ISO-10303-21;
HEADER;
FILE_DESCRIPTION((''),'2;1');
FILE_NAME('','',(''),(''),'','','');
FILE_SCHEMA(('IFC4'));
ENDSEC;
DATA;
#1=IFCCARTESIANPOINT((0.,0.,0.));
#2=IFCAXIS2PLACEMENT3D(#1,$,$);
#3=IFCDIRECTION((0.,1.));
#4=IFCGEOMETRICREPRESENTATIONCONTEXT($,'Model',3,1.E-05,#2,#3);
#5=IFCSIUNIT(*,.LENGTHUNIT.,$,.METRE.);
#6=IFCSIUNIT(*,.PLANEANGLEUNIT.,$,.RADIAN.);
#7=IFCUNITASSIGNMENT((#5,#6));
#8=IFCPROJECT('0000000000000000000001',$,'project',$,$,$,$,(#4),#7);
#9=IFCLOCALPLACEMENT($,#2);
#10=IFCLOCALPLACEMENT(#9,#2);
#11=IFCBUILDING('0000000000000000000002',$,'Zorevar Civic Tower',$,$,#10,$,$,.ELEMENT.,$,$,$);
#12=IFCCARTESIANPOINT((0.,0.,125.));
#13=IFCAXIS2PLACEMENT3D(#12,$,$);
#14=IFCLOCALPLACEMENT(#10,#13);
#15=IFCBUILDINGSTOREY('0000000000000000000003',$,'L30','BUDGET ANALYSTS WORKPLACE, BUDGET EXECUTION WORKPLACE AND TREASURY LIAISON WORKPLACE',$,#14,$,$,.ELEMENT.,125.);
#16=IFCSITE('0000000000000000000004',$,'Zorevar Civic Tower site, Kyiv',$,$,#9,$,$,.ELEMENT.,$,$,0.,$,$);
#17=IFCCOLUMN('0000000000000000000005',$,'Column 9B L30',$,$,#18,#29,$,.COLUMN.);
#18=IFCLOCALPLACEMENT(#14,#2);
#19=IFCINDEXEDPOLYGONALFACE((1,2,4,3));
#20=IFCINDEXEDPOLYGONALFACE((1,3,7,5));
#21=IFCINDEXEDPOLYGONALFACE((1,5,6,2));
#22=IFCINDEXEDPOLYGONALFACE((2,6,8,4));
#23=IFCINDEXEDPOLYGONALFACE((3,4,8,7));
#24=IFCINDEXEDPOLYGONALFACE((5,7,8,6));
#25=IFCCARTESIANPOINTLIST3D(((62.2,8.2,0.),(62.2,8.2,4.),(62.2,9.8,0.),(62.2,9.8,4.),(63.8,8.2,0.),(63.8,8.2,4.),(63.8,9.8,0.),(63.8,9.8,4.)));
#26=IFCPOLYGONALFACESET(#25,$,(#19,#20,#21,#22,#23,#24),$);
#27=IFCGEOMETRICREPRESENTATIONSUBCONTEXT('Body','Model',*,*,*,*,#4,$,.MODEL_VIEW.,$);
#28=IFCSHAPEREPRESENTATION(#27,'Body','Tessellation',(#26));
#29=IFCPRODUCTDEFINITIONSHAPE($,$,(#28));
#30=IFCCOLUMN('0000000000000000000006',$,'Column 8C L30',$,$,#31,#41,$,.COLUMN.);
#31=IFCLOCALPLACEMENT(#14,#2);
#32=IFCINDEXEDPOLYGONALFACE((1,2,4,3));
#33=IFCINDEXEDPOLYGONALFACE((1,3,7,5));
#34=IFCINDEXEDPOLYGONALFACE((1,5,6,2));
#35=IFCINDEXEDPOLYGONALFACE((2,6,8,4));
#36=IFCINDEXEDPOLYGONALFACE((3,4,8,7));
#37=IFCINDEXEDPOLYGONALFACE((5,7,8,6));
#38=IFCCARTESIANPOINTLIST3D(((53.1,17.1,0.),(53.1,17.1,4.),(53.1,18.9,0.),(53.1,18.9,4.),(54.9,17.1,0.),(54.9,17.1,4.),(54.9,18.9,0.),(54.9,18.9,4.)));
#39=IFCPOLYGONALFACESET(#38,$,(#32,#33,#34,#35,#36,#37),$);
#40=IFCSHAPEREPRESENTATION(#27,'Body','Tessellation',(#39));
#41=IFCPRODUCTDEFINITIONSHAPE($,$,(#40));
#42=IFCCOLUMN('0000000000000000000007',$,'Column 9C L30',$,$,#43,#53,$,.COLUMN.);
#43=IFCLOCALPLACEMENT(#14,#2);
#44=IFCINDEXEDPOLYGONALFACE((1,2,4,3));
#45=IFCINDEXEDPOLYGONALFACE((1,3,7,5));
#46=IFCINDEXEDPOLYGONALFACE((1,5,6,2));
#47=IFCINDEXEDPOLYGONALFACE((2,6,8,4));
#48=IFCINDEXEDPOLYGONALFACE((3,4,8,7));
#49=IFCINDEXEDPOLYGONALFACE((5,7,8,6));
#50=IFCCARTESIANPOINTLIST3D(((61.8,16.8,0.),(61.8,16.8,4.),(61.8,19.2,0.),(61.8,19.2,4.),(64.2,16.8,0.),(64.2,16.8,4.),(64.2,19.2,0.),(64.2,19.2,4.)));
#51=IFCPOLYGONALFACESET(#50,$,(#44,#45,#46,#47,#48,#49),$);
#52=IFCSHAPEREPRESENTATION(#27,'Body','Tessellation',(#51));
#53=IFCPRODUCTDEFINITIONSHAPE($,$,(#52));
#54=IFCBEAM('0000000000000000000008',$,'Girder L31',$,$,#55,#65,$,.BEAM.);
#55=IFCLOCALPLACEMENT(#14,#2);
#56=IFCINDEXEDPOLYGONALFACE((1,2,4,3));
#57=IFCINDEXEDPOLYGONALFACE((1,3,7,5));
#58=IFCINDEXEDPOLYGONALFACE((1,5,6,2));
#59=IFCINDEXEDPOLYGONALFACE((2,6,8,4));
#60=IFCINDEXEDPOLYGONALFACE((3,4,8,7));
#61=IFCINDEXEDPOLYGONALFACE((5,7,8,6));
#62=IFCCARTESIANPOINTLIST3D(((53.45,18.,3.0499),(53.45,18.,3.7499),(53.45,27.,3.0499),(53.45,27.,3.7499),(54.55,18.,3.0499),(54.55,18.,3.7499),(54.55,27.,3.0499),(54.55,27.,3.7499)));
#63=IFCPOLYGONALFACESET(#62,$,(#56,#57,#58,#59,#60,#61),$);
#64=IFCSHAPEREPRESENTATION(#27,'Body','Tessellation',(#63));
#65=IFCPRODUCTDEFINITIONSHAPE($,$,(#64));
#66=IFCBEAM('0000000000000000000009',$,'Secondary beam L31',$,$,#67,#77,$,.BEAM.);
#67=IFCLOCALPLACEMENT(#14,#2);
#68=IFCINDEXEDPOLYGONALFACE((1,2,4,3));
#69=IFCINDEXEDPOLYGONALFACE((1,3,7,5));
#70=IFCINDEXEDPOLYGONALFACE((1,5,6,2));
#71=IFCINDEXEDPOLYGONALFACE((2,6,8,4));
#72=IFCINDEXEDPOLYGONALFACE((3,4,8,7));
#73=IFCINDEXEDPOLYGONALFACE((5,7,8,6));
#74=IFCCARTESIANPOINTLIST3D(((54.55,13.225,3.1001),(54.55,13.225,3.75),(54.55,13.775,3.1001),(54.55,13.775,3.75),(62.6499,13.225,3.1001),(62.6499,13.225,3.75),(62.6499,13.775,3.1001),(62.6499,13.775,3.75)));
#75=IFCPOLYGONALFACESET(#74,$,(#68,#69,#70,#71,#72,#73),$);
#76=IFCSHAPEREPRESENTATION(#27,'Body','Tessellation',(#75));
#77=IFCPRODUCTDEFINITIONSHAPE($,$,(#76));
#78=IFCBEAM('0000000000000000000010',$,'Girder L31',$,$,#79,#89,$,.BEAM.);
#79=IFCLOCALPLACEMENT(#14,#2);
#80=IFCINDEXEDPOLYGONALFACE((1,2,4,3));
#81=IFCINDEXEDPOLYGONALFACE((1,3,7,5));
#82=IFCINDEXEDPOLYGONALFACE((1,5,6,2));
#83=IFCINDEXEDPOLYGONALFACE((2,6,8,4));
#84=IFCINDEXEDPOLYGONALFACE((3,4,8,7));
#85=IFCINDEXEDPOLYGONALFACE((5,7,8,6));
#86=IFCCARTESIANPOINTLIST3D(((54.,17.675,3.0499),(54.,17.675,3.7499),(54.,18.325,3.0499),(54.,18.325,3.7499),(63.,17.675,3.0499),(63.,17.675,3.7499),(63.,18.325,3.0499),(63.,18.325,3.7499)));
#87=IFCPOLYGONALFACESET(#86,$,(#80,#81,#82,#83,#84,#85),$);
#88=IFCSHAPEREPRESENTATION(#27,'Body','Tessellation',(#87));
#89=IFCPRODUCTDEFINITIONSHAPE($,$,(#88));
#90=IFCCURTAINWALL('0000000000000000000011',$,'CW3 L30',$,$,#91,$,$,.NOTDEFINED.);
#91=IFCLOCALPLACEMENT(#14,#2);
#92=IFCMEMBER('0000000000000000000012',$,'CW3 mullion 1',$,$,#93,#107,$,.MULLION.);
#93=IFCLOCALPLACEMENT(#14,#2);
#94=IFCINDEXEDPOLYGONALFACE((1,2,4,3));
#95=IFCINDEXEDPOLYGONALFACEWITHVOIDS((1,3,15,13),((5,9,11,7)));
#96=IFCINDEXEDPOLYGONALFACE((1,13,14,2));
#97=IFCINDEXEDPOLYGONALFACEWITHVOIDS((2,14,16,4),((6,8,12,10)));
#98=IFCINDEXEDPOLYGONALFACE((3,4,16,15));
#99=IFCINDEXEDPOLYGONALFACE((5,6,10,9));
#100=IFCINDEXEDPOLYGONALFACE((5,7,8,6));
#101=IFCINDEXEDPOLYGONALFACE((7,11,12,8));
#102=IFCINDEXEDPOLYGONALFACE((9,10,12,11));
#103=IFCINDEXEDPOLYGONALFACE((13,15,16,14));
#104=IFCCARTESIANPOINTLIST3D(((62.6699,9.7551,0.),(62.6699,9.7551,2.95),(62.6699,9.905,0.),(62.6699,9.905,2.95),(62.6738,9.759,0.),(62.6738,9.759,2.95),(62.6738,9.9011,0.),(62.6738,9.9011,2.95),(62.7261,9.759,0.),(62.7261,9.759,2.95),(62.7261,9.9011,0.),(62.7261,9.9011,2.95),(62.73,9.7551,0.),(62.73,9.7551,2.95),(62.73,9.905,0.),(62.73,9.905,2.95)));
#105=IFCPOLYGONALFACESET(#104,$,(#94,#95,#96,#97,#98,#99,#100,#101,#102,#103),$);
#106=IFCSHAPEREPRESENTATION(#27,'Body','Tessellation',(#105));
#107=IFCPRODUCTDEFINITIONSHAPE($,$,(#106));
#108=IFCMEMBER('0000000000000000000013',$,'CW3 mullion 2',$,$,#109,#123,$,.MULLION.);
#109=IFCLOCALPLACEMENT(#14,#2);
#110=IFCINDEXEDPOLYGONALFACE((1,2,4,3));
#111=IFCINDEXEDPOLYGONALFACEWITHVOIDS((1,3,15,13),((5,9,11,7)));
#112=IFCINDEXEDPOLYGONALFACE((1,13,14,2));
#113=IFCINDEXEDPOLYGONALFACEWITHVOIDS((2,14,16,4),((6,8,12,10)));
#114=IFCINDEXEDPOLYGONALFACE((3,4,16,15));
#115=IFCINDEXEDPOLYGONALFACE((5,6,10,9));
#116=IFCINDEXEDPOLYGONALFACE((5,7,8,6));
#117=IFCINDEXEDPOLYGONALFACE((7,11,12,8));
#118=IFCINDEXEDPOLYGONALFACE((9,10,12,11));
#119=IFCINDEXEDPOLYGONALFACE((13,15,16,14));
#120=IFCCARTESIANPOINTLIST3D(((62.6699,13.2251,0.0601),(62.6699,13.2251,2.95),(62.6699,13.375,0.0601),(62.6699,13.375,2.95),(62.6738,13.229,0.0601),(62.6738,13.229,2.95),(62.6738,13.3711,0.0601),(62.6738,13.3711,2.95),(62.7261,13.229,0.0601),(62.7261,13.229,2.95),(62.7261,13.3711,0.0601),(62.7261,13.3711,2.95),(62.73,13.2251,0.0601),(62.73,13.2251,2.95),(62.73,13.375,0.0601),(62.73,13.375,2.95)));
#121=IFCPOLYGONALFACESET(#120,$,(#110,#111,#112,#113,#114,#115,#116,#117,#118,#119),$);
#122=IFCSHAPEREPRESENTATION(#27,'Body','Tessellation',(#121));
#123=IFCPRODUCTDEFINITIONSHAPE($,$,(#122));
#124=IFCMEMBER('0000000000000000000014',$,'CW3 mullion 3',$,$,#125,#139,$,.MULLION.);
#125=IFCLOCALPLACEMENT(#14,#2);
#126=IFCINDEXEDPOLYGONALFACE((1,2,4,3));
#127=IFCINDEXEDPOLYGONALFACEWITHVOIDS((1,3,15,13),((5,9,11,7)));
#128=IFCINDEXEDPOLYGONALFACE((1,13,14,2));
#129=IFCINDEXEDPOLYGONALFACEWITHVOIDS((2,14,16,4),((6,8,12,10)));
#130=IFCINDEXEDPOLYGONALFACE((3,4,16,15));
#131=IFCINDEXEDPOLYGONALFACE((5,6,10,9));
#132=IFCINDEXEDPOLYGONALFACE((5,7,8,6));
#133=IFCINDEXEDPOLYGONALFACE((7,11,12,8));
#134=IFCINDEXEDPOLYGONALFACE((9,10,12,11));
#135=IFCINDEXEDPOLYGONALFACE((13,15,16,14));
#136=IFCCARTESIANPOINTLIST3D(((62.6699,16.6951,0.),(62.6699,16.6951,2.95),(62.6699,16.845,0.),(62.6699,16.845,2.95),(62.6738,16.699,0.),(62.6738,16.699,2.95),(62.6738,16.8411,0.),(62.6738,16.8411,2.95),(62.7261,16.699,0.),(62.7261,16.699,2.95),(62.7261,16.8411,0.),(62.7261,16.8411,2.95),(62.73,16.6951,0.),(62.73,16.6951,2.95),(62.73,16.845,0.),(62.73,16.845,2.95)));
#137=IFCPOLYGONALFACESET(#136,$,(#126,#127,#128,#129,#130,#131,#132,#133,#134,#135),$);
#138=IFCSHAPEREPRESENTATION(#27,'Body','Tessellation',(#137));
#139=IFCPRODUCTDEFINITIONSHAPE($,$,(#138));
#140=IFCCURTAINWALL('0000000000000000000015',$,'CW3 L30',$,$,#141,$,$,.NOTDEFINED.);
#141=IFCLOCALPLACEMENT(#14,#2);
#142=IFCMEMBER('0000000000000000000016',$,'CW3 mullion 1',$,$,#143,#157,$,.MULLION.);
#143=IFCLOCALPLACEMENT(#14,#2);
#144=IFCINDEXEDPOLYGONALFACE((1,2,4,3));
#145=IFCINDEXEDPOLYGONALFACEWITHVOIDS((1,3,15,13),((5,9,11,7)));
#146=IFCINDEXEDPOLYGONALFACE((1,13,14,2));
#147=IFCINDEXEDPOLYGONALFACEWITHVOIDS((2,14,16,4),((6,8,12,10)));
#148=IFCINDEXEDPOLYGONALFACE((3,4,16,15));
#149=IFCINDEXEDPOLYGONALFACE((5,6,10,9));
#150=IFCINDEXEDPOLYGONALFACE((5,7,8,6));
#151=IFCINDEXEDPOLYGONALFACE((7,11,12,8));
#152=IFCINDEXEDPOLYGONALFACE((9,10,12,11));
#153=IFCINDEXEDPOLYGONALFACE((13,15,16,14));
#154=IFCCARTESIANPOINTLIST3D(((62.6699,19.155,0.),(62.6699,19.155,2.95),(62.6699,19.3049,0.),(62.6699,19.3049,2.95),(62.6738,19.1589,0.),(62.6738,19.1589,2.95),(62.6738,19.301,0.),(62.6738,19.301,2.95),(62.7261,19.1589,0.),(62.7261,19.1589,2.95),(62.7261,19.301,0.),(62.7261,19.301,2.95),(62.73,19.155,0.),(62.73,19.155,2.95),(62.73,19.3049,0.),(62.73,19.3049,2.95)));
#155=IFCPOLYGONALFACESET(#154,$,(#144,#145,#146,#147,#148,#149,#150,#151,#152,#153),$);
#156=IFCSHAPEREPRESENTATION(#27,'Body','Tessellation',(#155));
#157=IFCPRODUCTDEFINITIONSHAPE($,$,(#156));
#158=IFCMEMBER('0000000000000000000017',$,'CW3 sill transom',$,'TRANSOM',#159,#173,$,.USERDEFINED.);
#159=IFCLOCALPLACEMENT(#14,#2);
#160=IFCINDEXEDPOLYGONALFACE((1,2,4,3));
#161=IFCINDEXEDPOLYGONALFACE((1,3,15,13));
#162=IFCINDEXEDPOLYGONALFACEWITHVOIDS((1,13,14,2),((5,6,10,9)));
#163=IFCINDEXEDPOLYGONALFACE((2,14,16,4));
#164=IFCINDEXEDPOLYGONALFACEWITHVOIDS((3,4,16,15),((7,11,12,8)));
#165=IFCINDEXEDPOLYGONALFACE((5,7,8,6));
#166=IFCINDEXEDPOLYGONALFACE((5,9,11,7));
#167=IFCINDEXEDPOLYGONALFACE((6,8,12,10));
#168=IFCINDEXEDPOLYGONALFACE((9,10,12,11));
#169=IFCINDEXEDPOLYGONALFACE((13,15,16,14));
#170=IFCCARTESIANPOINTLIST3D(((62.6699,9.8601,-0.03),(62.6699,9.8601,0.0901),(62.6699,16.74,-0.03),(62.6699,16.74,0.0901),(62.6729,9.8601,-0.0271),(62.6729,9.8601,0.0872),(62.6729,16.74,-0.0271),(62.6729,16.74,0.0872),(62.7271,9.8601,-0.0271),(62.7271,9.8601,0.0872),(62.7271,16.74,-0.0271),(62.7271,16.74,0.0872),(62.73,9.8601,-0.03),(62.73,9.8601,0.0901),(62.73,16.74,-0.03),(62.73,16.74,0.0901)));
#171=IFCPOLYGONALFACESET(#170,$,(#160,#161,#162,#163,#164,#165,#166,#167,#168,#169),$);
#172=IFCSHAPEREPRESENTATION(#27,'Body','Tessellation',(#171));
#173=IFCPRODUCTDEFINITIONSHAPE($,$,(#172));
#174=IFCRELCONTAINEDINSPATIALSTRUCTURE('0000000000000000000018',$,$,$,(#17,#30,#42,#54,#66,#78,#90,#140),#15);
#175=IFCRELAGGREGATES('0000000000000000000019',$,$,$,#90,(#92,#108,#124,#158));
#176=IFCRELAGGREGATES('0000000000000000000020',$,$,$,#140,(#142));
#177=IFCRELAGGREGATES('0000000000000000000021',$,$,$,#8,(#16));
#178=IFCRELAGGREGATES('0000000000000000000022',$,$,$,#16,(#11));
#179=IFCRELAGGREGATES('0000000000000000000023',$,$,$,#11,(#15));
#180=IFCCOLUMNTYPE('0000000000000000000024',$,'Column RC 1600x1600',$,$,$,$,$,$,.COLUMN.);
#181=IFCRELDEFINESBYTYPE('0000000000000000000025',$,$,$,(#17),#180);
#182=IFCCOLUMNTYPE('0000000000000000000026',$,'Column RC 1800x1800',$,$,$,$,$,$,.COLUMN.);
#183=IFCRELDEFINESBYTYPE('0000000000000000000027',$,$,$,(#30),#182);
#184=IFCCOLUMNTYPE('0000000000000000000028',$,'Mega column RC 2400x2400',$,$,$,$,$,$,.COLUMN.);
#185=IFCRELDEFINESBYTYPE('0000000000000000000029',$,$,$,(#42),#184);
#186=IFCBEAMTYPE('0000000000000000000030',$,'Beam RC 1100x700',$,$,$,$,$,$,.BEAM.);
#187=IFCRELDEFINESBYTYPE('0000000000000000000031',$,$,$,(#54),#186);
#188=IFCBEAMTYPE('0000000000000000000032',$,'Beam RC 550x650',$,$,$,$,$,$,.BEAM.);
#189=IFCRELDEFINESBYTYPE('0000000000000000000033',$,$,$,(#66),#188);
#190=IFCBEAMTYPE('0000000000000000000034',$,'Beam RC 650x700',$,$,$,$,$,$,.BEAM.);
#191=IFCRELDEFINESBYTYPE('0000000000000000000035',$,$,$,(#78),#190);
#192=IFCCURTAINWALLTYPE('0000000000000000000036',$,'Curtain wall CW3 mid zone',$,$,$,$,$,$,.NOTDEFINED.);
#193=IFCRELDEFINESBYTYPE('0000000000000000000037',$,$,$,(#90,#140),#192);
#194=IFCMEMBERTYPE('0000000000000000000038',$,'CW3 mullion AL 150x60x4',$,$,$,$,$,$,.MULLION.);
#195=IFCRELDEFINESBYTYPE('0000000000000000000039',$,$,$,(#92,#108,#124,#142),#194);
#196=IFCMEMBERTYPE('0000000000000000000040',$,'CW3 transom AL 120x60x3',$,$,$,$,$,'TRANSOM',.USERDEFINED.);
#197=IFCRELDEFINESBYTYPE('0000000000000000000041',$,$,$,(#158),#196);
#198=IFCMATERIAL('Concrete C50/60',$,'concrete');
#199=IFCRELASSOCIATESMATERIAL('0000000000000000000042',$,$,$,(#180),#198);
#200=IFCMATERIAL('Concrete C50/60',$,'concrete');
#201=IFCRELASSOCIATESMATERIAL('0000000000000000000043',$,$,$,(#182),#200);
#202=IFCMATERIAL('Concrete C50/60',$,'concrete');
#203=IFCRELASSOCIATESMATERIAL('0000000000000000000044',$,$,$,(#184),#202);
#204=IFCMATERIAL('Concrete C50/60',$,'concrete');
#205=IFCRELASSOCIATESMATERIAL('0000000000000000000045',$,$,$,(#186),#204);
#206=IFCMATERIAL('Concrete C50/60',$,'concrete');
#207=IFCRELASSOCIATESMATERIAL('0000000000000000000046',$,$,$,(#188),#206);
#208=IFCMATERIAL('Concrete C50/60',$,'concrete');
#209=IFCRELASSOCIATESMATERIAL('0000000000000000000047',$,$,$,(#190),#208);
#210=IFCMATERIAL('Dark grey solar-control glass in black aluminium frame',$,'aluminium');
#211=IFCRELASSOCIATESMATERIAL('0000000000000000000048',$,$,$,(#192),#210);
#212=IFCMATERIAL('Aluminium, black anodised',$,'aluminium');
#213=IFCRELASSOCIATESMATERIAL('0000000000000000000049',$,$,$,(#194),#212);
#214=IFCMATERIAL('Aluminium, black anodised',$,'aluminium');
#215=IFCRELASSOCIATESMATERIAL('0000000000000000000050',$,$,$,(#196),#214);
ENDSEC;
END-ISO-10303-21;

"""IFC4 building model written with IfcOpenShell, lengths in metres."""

from ifc_helpers import new_model, si_unit, direction, frame, origin, origin_2d, place, context, subcontext, project, spatial, rectangle, hollow_rectangle, extrude, material, material_profile, profile_set, type_object, element, aggregate, save


model = new_model("IFC4")

# Units and contexts
model_context = context("Model", 3, precision=1e-05, world=origin(), true_north=direction((0.0, 1.0)))
body_context = subcontext(model_context, "Body", "Model", "MODEL_VIEW")
ifc_project = project(units=[si_unit("LENGTHUNIT", "METRE"), si_unit("PLANEANGLEUNIT", "RADIAN")], contexts=[model_context])

# Site, building, storey
site_placement = place(None, origin())
site = spatial("IfcSite", under=ifc_project, at=site_placement, Name="Zorevar Civic Tower site, Kyiv", CompositionType="ELEMENT", RefElevation=0.0)
building_placement = place(site_placement, origin())
building = spatial("IfcBuilding", under=site, at=building_placement, Name="Zorevar Civic Tower", CompositionType="ELEMENT")
storey_placement = place(building_placement, frame((0.0, 0.0, 125.0)))
storey = spatial("IfcBuildingStorey", under=building, at=storey_placement, Name="L30", Description="BUDGET ANALYSTS WORKPLACE, BUDGET EXECUTION WORKPLACE AND TREASURY LIAISON WORKPLACE", CompositionType="ELEMENT", Elevation=125.0)

# Columns
ifc_material_1 = material(Name="Concrete C50/60", Category="concrete")
ifc_material_profile_1 = material_profile(ifc_material_1, rectangle(XDim=1.6001, YDim=1.6001, at=origin_2d()), Name="RC 1600x1600")
ifc_profile_set_1 = profile_set([ifc_material_profile_1], Name="Concrete C50/60")
column_type_1 = type_object("IfcColumnType", Name="Column RC 1600x1600", PredefinedType="COLUMN", material=ifc_profile_set_1)
column_1_placement = place(storey_placement, frame((63.0, 9.0, 0.0), z_axis=(0.0, 0.0, 1.0), x_axis=(1.0, 0.0, 0.0)))
element("IfcColumn", 1, at=column_1_placement, inside=storey, type_object=column_type_1, Name="Column 9B L30", PredefinedType="COLUMN", context=body_context, shape_type="SweptSolid", body=[
    extrude(rectangle(XDim=1.6001, YDim=1.6001, at=origin_2d()), origin(), (0.0, 0.0, 1.0), 4.0),
])
ifc_material_2 = material(Name="Concrete C50/60", Category="concrete")
ifc_material_profile_2 = material_profile(ifc_material_2, rectangle(XDim=1.8, YDim=1.8, at=origin_2d()), Name="RC 1800x1800")
ifc_profile_set_2 = profile_set([ifc_material_profile_2], Name="Concrete C50/60")
column_type_2 = type_object("IfcColumnType", Name="Column RC 1800x1800", PredefinedType="COLUMN", material=ifc_profile_set_2)
column_2_placement = place(storey_placement, frame((54.0, 18.0, 0.0), z_axis=(0.0, 0.0, 1.0), x_axis=(1.0, 0.0, 0.0)))
element("IfcColumn", 2, at=column_2_placement, inside=storey, type_object=column_type_2, Name="Column 8C L30", PredefinedType="COLUMN", context=body_context, shape_type="SweptSolid", body=[
    extrude(rectangle(XDim=1.8, YDim=1.8, at=origin_2d()), origin(), (0.0, 0.0, 1.0), 4.0),
])
ifc_material_3 = material(Name="Concrete C50/60", Category="concrete")
ifc_material_profile_3 = material_profile(ifc_material_3, rectangle(XDim=2.3999, YDim=2.3999, at=origin_2d()), Name="RC 2400x2400")
ifc_profile_set_3 = profile_set([ifc_material_profile_3], Name="Concrete C50/60")
column_type_3 = type_object("IfcColumnType", Name="Mega column RC 2400x2400", PredefinedType="COLUMN", material=ifc_profile_set_3)
column_3_placement = place(storey_placement, frame((63.0, 18.0, 0.0), z_axis=(0.0, 0.0, 1.0), x_axis=(1.0, 0.0, 0.0)))
element("IfcColumn", 3, at=column_3_placement, inside=storey, type_object=column_type_3, Name="Column 9C L30", PredefinedType="COLUMN", context=body_context, shape_type="SweptSolid", body=[
    extrude(rectangle(XDim=2.3999, YDim=2.3999, at=origin_2d()), origin(), (0.0, 0.0, 1.0), 4.0),
])

# Beams
ifc_material_4 = material(Name="Concrete C50/60", Category="concrete")
ifc_material_profile_4 = material_profile(ifc_material_4, rectangle(XDim=1.1001, YDim=0.7, at=origin_2d()), Name="RC 1100x700")
ifc_profile_set_4 = profile_set([ifc_material_profile_4], Name="Concrete C50/60")
beam_type_1 = type_object("IfcBeamType", Name="Beam RC 1100x700", PredefinedType="BEAM", material=ifc_profile_set_4)
beam_1_placement = place(storey_placement, frame((54.0, 18.0, 3.3999), z_axis=(0.0, 1.0, 0.0), x_axis=(-1.0, 0.0, 0.0)))
element("IfcBeam", 4, at=beam_1_placement, inside=storey, type_object=beam_type_1, Name="Girder L31", PredefinedType="BEAM", context=body_context, shape_type="SweptSolid", body=[
    extrude(rectangle(XDim=1.1001, YDim=0.7, at=origin_2d()), origin(), (0.0, 0.0, 1.0), 9.0),
])
ifc_material_5 = material(Name="Concrete C50/60", Category="concrete")
ifc_material_profile_5 = material_profile(ifc_material_5, rectangle(XDim=0.55, YDim=0.6499, at=origin_2d()), Name="RC 550x650")
ifc_profile_set_5 = profile_set([ifc_material_profile_5], Name="Concrete C50/60")
beam_type_2 = type_object("IfcBeamType", Name="Beam RC 550x650", PredefinedType="BEAM", material=ifc_profile_set_5)
beam_2_placement = place(storey_placement, frame((54.55, 13.5, 3.425), z_axis=(1.0, 0.0, 0.0), x_axis=(0.0, 1.0, 0.0)))
element("IfcBeam", 5, at=beam_2_placement, inside=storey, type_object=beam_type_2, Name="Secondary beam L31", PredefinedType="BEAM", context=body_context, shape_type="SweptSolid", body=[
    extrude(rectangle(XDim=0.55, YDim=0.6499, at=origin_2d()), origin(), (0.0, 0.0, 1.0), 8.0999),
])
ifc_material_6 = material(Name="Concrete C50/60", Category="concrete")
ifc_material_profile_6 = material_profile(ifc_material_6, rectangle(XDim=0.6499, YDim=0.7, at=origin_2d()), Name="RC 650x700")
ifc_profile_set_6 = profile_set([ifc_material_profile_6], Name="Concrete C50/60")
beam_type_3 = type_object("IfcBeamType", Name="Beam RC 650x700", PredefinedType="BEAM", material=ifc_profile_set_6)
beam_3_placement = place(storey_placement, frame((54.0, 18.0, 3.3999), z_axis=(1.0, 0.0, 0.0), x_axis=(0.0, 1.0, 0.0)))
element("IfcBeam", 6, at=beam_3_placement, inside=storey, type_object=beam_type_3, Name="Girder L31", PredefinedType="BEAM", context=body_context, shape_type="SweptSolid", body=[
    extrude(rectangle(XDim=0.6499, YDim=0.7, at=origin_2d()), origin(), (0.0, 0.0, 1.0), 9.0),
])

# Curtain wall, members
ifc_material_7 = material(Name="Dark grey solar-control glass in black aluminium frame", Category="aluminium")
curtain_wall_type = type_object("IfcCurtainWallType", Name="Curtain wall CW3 mid zone", PredefinedType="NOTDEFINED", material=ifc_material_7)
curtain_wall_1_placement = place(storey_placement, origin())
curtain_wall_1 = element("IfcCurtainWall", 7, at=curtain_wall_1_placement, inside=storey, type_object=curtain_wall_type, Name="CW3 L30", PredefinedType="NOTDEFINED")
ifc_material_8 = material(Name="Aluminium, black anodised", Category="aluminium")
ifc_material_profile_7 = material_profile(ifc_material_8, hollow_rectangle(XDim=0.0601, YDim=0.1499, WallThickness=0.0039, at=origin_2d()), Name="AL 150x60x4")
ifc_profile_set_7 = profile_set([ifc_material_profile_7], Name="Aluminium, black anodised")
member_type_1 = type_object("IfcMemberType", Name="CW3 mullion AL 150x60x4", PredefinedType="MULLION", material=ifc_profile_set_7)
member_1_placement = place(storey_placement, frame((62.7, 9.8301, 0.0), z_axis=(0.0, 0.0, 1.0), x_axis=(-1.0, 0.0, 0.0)))
member_1 = element("IfcMember", 8, at=member_1_placement, type_object=member_type_1, Name="CW3 mullion 1", PredefinedType="MULLION", context=body_context, shape_type="SweptSolid", body=[
    extrude(hollow_rectangle(XDim=0.0601, YDim=0.1499, WallThickness=0.0039, at=origin_2d()), origin(), (0.0, 0.0, 1.0), 2.95),
])
member_2_placement = place(storey_placement, frame((62.7, 13.3, 0.0601), z_axis=(0.0, 0.0, 1.0), x_axis=(-1.0, 0.0, 0.0)))
member_2 = element("IfcMember", 9, at=member_2_placement, type_object=member_type_1, Name="CW3 mullion 2", PredefinedType="MULLION", context=body_context, shape_type="SweptSolid", body=[
    extrude(hollow_rectangle(XDim=0.0601, YDim=0.1499, WallThickness=0.0039, at=origin_2d()), origin(), (0.0, 0.0, 1.0), 2.8899),
])
member_3_placement = place(storey_placement, frame((62.7, 16.77, 0.0), z_axis=(0.0, 0.0, 1.0), x_axis=(-1.0, 0.0, 0.0)))
member_3 = element("IfcMember", 10, at=member_3_placement, type_object=member_type_1, Name="CW3 mullion 3", PredefinedType="MULLION", context=body_context, shape_type="SweptSolid", body=[
    extrude(hollow_rectangle(XDim=0.0601, YDim=0.1499, WallThickness=0.0039, at=origin_2d()), origin(), (0.0, 0.0, 1.0), 2.95),
])

# Curtain wall, member
curtain_wall_2_placement = place(storey_placement, origin())
curtain_wall_2 = element("IfcCurtainWall", 11, at=curtain_wall_2_placement, inside=storey, type_object=curtain_wall_type, Name="CW3 L30", PredefinedType="NOTDEFINED")
member_4_placement = place(storey_placement, frame((62.7, 19.23, 0.0), z_axis=(0.0, 0.0, 1.0), x_axis=(-1.0, 0.0, 0.0)))
member_4 = element("IfcMember", 12, at=member_4_placement, type_object=member_type_1, Name="CW3 mullion 1", PredefinedType="MULLION", context=body_context, shape_type="SweptSolid", body=[
    extrude(hollow_rectangle(XDim=0.0601, YDim=0.1499, WallThickness=0.0039, at=origin_2d()), origin(), (0.0, 0.0, 1.0), 2.95),
])

# Member
ifc_material_9 = material(Name="Aluminium, black anodised", Category="aluminium")
ifc_material_profile_8 = material_profile(ifc_material_9, hollow_rectangle(XDim=0.0601, YDim=0.1201, WallThickness=0.0029, at=origin_2d()), Name="AL 120x60x3")
ifc_profile_set_8 = profile_set([ifc_material_profile_8], Name="Aluminium, black anodised")
member_type_2 = type_object("IfcMemberType", Name="CW3 transom AL 120x60x3", ElementType="TRANSOM", PredefinedType="USERDEFINED", material=ifc_profile_set_8)
member_5_placement = place(storey_placement, frame((62.7, 9.8601, 0.03), z_axis=(0.0, 1.0, 0.0), x_axis=(-1.0, 0.0, 0.0)))
member_5 = element("IfcMember", 13, at=member_5_placement, type_object=member_type_2, Name="CW3 sill transom", ObjectType="TRANSOM", PredefinedType="USERDEFINED", context=body_context, shape_type="SweptSolid", body=[
    extrude(hollow_rectangle(XDim=0.0601, YDim=0.1201, WallThickness=0.0029, at=origin_2d()), origin(), (0.0, 0.0, 1.0), 6.8799),
])

aggregate(curtain_wall_1, [member_1, member_2, member_3, member_5])
aggregate(curtain_wall_2, [member_4])

save(model, "model.ifc")
